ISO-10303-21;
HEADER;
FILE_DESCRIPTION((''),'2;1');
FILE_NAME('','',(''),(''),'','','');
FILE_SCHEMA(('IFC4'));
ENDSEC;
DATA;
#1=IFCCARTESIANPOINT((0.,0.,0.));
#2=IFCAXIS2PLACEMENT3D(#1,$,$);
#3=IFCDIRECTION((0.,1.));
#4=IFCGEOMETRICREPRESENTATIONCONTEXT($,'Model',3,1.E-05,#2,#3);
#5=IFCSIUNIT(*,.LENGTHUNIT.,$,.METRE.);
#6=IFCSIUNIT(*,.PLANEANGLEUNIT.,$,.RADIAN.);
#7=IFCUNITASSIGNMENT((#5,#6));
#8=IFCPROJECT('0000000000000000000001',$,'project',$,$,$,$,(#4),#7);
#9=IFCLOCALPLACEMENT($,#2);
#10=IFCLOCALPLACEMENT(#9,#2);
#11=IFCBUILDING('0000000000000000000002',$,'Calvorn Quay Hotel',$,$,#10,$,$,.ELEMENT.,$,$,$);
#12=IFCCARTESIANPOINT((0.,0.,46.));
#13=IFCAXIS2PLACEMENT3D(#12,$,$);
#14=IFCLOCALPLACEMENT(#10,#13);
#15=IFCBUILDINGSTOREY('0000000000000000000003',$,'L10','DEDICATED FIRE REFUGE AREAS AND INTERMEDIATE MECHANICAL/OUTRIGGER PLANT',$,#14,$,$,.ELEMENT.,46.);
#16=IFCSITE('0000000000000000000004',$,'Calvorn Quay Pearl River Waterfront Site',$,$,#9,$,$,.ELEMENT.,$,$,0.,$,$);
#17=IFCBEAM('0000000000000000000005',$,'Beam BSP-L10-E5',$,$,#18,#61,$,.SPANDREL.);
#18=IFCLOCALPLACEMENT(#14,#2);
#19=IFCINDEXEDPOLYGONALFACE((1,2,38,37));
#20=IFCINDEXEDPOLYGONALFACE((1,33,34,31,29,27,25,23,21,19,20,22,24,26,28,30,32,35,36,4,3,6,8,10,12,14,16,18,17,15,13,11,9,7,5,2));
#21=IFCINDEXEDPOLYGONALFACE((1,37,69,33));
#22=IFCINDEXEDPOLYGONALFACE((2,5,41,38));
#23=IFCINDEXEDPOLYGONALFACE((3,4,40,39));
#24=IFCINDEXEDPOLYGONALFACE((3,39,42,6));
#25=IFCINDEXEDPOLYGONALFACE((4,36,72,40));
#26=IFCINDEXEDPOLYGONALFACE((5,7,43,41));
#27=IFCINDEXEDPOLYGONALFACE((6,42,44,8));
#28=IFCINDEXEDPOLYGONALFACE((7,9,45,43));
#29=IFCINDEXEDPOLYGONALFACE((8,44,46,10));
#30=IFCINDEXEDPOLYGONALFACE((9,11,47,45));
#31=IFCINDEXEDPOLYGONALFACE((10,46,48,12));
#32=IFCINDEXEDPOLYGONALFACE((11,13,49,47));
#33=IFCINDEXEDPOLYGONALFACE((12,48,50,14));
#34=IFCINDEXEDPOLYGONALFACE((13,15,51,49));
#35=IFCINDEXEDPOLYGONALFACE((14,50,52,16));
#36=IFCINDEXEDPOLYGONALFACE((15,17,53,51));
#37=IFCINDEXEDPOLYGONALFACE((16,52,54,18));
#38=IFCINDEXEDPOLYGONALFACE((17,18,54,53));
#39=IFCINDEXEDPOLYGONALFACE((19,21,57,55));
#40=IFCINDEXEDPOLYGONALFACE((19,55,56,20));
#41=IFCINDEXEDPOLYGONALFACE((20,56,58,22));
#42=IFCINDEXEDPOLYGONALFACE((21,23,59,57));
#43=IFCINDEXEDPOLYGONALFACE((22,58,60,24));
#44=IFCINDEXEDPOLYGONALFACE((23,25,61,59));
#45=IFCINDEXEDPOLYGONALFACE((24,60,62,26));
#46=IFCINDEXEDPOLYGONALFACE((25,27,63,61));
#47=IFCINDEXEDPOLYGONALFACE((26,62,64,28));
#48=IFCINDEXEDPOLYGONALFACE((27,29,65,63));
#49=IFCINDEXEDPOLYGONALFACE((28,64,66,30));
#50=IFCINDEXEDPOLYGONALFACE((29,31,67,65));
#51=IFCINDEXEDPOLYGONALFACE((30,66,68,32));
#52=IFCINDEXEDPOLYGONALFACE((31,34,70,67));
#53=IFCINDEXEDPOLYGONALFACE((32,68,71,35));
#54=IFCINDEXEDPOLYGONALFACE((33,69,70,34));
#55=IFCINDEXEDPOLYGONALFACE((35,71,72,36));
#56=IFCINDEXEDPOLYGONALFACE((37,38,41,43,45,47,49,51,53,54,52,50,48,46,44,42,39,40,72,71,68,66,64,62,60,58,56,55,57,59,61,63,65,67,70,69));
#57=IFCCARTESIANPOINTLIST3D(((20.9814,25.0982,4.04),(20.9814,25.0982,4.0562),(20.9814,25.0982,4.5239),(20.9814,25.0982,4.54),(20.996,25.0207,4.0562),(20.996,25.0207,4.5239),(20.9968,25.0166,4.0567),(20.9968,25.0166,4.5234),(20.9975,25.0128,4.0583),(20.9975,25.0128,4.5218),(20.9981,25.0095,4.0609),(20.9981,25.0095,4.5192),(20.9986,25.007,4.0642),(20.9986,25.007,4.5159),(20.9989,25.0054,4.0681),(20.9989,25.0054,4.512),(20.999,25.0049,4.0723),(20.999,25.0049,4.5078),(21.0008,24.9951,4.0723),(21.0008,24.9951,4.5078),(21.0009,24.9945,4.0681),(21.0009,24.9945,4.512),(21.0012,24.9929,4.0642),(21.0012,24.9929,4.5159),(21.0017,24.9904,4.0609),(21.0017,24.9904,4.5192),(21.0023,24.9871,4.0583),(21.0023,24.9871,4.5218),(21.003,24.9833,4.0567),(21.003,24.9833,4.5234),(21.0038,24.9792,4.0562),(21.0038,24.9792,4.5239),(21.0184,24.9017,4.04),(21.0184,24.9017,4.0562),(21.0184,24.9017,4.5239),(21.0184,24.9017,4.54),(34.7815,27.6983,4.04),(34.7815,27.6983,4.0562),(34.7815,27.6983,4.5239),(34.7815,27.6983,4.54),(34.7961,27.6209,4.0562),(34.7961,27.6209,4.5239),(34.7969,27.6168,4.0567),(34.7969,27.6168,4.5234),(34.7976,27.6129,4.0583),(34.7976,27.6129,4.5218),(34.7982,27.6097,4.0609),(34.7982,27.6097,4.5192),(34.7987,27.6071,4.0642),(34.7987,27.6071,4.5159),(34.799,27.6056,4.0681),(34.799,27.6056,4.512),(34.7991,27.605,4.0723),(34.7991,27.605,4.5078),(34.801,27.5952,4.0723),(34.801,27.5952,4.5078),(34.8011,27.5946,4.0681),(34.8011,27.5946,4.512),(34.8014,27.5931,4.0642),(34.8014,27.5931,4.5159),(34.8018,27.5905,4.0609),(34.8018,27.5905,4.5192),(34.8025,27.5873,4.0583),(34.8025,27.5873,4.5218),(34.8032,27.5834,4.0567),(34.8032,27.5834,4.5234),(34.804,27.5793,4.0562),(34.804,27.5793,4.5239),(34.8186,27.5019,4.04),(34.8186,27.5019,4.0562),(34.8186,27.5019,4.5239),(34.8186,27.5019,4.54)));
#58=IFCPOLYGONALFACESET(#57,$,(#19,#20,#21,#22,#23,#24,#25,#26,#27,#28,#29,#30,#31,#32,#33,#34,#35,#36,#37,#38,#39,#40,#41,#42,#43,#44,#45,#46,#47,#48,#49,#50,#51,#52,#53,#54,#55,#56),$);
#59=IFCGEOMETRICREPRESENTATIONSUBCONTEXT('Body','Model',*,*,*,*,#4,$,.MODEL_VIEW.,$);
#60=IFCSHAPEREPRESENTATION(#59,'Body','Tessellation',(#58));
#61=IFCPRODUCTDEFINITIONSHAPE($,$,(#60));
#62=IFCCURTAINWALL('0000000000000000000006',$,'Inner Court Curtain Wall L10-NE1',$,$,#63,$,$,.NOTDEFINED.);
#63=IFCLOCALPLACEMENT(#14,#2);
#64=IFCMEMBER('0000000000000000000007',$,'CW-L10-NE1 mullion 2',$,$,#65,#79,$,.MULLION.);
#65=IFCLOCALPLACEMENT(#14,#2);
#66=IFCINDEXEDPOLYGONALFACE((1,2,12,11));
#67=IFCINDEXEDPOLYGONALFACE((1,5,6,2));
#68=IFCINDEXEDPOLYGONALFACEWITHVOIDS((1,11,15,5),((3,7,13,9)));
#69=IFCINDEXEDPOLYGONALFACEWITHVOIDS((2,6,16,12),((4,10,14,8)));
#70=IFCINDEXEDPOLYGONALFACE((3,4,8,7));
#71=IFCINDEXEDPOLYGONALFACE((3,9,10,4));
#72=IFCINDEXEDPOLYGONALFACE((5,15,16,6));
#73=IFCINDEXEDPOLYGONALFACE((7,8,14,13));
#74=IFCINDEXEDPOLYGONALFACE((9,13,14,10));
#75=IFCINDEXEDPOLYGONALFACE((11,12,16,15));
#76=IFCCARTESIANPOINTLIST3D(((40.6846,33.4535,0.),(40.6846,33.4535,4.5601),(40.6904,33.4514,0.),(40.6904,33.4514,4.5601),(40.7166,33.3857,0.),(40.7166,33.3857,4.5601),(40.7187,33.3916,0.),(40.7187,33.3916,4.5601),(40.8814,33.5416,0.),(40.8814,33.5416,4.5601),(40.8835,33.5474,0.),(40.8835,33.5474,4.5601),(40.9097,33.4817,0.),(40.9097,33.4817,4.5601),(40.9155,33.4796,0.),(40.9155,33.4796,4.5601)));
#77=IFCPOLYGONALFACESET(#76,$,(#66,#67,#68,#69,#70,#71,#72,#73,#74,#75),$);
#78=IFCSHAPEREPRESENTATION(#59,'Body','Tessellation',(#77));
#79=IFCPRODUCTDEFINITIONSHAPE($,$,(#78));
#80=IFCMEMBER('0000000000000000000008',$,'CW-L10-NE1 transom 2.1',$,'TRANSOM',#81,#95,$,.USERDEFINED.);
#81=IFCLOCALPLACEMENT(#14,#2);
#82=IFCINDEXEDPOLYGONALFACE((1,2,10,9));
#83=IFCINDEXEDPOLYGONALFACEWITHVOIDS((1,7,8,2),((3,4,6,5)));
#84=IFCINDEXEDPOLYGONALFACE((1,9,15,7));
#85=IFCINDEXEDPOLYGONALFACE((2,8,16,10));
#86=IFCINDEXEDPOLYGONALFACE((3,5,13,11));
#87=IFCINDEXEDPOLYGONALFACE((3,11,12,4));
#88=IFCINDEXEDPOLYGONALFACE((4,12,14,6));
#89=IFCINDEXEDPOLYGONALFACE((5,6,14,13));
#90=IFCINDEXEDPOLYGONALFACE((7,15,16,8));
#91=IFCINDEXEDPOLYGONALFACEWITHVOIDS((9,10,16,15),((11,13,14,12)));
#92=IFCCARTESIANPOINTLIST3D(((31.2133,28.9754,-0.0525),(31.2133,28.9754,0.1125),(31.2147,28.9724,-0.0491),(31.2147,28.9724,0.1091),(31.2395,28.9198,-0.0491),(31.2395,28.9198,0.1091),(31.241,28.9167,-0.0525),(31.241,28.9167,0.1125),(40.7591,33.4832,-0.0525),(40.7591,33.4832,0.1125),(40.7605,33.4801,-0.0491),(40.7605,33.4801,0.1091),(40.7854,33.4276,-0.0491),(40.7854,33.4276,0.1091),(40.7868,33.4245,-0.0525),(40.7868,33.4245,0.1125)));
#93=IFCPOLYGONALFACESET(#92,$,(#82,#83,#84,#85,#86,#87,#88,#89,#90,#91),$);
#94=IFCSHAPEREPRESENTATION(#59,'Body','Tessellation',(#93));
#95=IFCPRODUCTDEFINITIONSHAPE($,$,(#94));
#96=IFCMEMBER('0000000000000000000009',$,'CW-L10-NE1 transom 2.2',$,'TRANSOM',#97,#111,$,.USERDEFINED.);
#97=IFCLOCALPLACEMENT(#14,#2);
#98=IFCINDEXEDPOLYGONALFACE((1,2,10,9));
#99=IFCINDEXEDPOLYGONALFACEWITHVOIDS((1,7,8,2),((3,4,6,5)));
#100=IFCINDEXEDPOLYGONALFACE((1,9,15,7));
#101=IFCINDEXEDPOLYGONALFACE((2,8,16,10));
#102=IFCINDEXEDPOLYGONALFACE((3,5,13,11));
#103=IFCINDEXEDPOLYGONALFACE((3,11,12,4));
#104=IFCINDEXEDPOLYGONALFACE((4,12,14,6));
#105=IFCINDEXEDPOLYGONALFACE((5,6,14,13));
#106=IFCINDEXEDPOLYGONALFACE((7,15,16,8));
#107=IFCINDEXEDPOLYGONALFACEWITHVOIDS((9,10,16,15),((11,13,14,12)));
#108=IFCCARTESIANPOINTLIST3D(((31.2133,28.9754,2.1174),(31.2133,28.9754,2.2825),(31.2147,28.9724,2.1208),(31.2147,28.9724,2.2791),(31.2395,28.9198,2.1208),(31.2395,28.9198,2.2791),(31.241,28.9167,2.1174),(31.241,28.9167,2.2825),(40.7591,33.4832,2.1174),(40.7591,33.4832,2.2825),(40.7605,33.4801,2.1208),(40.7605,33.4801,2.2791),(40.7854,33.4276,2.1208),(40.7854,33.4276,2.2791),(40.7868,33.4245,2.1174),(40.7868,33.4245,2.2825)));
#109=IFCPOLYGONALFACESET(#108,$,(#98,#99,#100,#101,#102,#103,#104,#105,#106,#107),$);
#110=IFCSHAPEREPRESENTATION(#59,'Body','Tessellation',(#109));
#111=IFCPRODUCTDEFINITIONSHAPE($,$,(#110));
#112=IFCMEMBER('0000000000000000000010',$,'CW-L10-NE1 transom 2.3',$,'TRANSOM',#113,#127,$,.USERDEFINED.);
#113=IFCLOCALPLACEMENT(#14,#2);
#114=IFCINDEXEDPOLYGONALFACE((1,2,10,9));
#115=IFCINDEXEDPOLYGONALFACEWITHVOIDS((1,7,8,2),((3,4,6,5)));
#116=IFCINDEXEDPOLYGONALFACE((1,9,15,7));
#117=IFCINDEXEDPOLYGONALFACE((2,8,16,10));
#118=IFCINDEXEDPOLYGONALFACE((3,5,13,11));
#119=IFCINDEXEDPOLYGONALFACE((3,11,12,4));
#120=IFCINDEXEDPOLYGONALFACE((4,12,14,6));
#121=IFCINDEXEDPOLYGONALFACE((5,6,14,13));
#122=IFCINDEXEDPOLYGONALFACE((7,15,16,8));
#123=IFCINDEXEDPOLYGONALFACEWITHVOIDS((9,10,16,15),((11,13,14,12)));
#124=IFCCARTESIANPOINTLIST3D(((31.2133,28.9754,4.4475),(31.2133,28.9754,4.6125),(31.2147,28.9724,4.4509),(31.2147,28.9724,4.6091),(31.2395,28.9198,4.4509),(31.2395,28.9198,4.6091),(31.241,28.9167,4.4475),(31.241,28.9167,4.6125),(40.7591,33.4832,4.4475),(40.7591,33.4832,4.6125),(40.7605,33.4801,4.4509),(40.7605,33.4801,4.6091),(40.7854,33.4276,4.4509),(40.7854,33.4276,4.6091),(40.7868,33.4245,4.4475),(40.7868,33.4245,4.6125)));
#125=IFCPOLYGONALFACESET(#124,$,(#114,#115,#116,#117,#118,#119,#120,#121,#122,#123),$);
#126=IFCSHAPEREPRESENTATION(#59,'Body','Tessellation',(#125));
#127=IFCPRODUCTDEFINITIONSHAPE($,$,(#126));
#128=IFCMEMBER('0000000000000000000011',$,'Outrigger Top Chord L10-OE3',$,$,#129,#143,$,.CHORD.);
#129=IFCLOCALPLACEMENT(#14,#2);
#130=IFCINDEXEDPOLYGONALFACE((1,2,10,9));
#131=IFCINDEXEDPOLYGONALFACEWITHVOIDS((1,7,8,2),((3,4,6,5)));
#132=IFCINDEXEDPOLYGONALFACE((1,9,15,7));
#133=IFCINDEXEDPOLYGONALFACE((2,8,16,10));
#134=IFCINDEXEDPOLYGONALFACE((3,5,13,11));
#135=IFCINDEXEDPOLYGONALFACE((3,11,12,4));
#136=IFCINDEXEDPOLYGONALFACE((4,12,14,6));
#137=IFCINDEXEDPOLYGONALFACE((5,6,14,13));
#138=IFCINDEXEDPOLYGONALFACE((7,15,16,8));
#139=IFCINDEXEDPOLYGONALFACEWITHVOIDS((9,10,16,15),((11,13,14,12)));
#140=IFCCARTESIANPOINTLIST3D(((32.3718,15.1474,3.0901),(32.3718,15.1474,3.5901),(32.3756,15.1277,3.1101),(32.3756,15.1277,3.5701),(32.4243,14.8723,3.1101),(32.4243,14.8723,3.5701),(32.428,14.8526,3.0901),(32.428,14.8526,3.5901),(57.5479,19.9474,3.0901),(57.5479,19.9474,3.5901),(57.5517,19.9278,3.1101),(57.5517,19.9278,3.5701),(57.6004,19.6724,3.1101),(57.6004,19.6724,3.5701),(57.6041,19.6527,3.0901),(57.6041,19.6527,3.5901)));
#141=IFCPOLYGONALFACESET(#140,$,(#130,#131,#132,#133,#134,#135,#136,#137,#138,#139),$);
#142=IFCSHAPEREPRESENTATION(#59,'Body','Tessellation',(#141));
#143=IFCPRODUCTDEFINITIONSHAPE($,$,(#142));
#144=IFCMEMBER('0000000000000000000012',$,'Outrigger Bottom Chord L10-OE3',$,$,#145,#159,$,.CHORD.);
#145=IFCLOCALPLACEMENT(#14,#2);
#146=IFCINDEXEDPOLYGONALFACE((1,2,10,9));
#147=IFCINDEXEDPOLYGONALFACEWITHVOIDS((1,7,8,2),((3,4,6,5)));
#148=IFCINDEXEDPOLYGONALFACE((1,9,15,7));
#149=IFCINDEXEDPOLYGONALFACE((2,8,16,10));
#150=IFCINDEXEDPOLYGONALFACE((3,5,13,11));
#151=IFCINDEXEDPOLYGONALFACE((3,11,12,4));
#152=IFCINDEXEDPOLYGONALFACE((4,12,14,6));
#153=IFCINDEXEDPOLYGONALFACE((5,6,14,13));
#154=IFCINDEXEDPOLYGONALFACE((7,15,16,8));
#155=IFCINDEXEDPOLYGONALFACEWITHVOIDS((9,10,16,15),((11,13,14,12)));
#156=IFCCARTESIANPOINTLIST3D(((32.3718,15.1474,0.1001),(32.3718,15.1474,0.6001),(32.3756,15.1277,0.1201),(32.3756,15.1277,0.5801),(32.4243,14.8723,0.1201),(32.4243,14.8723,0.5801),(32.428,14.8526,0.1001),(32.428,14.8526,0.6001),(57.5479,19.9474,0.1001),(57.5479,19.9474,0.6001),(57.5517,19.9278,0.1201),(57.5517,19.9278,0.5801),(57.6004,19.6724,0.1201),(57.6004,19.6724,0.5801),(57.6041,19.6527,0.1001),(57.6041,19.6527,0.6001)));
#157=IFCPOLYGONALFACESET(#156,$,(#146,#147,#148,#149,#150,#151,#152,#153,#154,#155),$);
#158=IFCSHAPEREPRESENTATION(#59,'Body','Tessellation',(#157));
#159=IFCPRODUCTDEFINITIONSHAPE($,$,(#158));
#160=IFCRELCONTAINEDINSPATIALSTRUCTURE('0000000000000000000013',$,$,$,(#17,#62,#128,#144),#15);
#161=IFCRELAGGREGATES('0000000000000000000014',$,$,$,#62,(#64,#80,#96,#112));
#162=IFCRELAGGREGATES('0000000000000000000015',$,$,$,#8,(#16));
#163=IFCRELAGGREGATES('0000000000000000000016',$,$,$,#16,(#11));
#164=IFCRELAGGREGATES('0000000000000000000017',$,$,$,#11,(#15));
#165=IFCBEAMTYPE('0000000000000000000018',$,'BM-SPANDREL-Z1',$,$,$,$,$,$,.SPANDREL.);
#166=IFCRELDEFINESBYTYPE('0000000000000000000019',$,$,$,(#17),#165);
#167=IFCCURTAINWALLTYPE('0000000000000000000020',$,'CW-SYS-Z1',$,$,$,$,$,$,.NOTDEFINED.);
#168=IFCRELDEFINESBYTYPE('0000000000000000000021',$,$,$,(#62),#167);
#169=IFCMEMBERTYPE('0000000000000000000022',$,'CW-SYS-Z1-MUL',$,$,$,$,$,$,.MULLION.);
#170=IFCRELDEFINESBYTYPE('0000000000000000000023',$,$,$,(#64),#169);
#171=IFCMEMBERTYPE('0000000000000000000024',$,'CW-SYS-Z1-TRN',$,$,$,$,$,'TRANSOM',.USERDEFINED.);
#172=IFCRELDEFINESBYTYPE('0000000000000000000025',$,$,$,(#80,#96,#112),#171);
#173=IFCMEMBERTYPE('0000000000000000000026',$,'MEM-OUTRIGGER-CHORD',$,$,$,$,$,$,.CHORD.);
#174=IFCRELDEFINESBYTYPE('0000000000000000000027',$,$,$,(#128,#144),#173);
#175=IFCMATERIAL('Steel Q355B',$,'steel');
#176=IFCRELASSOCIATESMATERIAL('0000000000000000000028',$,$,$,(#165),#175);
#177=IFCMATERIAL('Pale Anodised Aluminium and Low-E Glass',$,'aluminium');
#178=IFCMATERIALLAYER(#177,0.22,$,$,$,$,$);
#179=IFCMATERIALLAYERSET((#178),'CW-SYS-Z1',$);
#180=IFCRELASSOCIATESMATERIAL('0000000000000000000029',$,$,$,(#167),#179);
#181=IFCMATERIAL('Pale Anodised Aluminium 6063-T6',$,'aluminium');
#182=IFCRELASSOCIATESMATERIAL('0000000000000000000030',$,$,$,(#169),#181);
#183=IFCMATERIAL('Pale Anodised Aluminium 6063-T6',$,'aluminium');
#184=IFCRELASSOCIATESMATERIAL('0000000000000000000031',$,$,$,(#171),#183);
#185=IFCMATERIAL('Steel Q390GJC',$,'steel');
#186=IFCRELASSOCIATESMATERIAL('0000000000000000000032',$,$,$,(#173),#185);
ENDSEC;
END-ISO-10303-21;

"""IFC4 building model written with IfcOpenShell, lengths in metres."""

from ifc_helpers import new_model, si_unit, direction, frame, origin, origin_2d, place, context, subcontext, project, spatial, hollow_rectangle, i_section, extrude, material, layer, layer_set, material_profile, profile_set, type_object, element, aggregate, save


model = new_model("IFC4")

# Units and contexts
model_context = context("Model", 3, precision=1e-05, world=origin(), true_north=direction((0.0, 1.0)))
body_context = subcontext(model_context, "Body", "Model", "MODEL_VIEW")
ifc_project = project(units=[si_unit("LENGTHUNIT", "METRE"), si_unit("PLANEANGLEUNIT", "RADIAN")], contexts=[model_context])

# Site, building, storey
site_placement = place(None, origin())
site = spatial("IfcSite", under=ifc_project, at=site_placement, Name="Calvorn Quay Pearl River Waterfront Site", CompositionType="ELEMENT", RefElevation=0.0)
building_placement = place(site_placement, origin())
building = spatial("IfcBuilding", under=site, at=building_placement, Name="Calvorn Quay Hotel", CompositionType="ELEMENT")
storey_placement = place(building_placement, frame((0.0, 0.0, 46.0)))
storey = spatial("IfcBuildingStorey", under=building, at=storey_placement, Name="L10", Description="DEDICATED FIRE REFUGE AREAS AND INTERMEDIATE MECHANICAL/OUTRIGGER PLANT", CompositionType="ELEMENT", Elevation=46.0)

# Beam
ifc_material_1 = material(Name="Steel Q355B", Category="steel")
ifc_material_profile_1 = material_profile(ifc_material_1, i_section(OverallWidth=0.2, OverallDepth=0.5, WebThickness=0.01, FlangeThickness=0.0161, FilletRadius=0.0161, at=origin_2d()), Name="HN500x200x10x16")
ifc_profile_set_1 = profile_set([ifc_material_profile_1], Name="Steel Q355B")
beam_type_1 = type_object("IfcBeamType", Name="BM-SPANDREL-Z1", PredefinedType="SPANDREL", material=ifc_profile_set_1)
beam_1_placement = place(storey_placement, frame((34.8, 27.6001, 4.29), z_axis=(-0.982709, -0.185154, 0.0), x_axis=(0.185154, -0.982709, 0.0)))
element("IfcBeam", 1, at=beam_1_placement, inside=storey, type_object=beam_type_1, Name="Beam BSP-L10-E5", PredefinedType="SPANDREL", context=body_context, shape_type="SweptSolid", body=[
    extrude(i_section(OverallWidth=0.2, OverallDepth=0.5, WebThickness=0.01, FlangeThickness=0.0161, FilletRadius=0.0161, at=origin_2d()), origin(), (0.0, 0.0, 1.0), 14.043),
])

# Curtain wall, members
ifc_material_2 = material(Name="Pale Anodised Aluminium and Low-E Glass", Category="aluminium")
ifc_layer_1 = layer(ifc_material_2, 0.22)
ifc_layer_set_1 = layer_set([ifc_layer_1], Name="CW-SYS-Z1")
curtain_wall_type = type_object("IfcCurtainWallType", Name="CW-SYS-Z1", PredefinedType="NOTDEFINED", material=ifc_layer_set_1)
curtain_wall_placement = place(storey_placement, origin())
curtain_wall = element("IfcCurtainWall", 2, at=curtain_wall_placement, inside=storey, type_object=curtain_wall_type, Name="Inner Court Curtain Wall L10-NE1", PredefinedType="NOTDEFINED")
ifc_material_3 = material(Name="Pale Anodised Aluminium 6063-T6", Category="aluminium")
ifc_material_profile_2 = material_profile(ifc_material_3, hollow_rectangle(XDim=0.075, YDim=0.22, WallThickness=0.0044, at=origin_2d()), Name="ALU-M220x75x4.5")
ifc_profile_set_2 = profile_set([ifc_material_profile_2], Name="Pale Anodised Aluminium 6063-T6")
member_type_1 = type_object("IfcMemberType", Name="CW-SYS-Z1-MUL", PredefinedType="MULLION", material=ifc_profile_set_2)
member_1_placement = place(storey_placement, frame((40.8, 33.4666, 0.0), z_axis=(0.0, 0.0, 1.0), x_axis=(0.427006, -0.904249, 0.0)))
member_1 = element("IfcMember", 3, at=member_1_placement, type_object=member_type_1, Name="CW-L10-NE1 mullion 2", PredefinedType="MULLION", context=body_context, shape_type="SweptSolid", body=[
    extrude(hollow_rectangle(XDim=0.075, YDim=0.22, WallThickness=0.0044, at=origin_2d()), origin(), (0.0, 0.0, 1.0), 4.5601),
])
ifc_material_4 = material(Name="Pale Anodised Aluminium 6063-T6", Category="aluminium")
ifc_material_profile_3 = material_profile(ifc_material_4, hollow_rectangle(XDim=0.0649, YDim=0.165, WallThickness=0.0034, at=origin_2d()), Name="ALU-T165x65x3.5")
ifc_profile_set_3 = profile_set([ifc_material_profile_3], Name="Pale Anodised Aluminium 6063-T6")
member_type_2 = type_object("IfcMemberType", Name="CW-SYS-Z1-TRN", ElementType="TRANSOM", PredefinedType="USERDEFINED", material=ifc_profile_set_3)
member_2_placement = place(storey_placement, frame((40.7729, 33.4539, 0.03), z_axis=(-0.904248, -0.427008, 0.0), x_axis=(0.427008, -0.904248, 0.0)))
member_2 = element("IfcMember", 4, at=member_2_placement, type_object=member_type_2, Name="CW-L10-NE1 transom 2.1", ObjectType="TRANSOM", PredefinedType="USERDEFINED", context=body_context, shape_type="SweptSolid", body=[
    extrude(hollow_rectangle(XDim=0.0649, YDim=0.165, WallThickness=0.0034, at=origin_2d()), origin(), (0.0, 0.0, 1.0), 10.5566),
])
member_3_placement = place(storey_placement, frame((40.7729, 33.4539, 2.2), z_axis=(-0.904248, -0.427008, 0.0), x_axis=(0.427008, -0.904248, 0.0)))
member_3 = element("IfcMember", 5, at=member_3_placement, type_object=member_type_2, Name="CW-L10-NE1 transom 2.2", ObjectType="TRANSOM", PredefinedType="USERDEFINED", context=body_context, shape_type="SweptSolid", body=[
    extrude(hollow_rectangle(XDim=0.0649, YDim=0.165, WallThickness=0.0034, at=origin_2d()), origin(), (0.0, 0.0, 1.0), 10.5566),
])
member_4_placement = place(storey_placement, frame((40.7729, 33.4539, 4.53), z_axis=(-0.904248, -0.427008, 0.0), x_axis=(0.427008, -0.904248, 0.0)))
member_4 = element("IfcMember", 6, at=member_4_placement, type_object=member_type_2, Name="CW-L10-NE1 transom 2.3", ObjectType="TRANSOM", PredefinedType="USERDEFINED", context=body_context, shape_type="SweptSolid", body=[
    extrude(hollow_rectangle(XDim=0.0649, YDim=0.165, WallThickness=0.0034, at=origin_2d()), origin(), (0.0, 0.0, 1.0), 10.5566),
])

# Members
ifc_material_5 = material(Name="Steel Q390GJC", Category="steel")
ifc_material_profile_4 = material_profile(ifc_material_5, hollow_rectangle(XDim=0.3, YDim=0.5, WallThickness=0.02, at=origin_2d()), Name="RHS500x300x20")
ifc_profile_set_4 = profile_set([ifc_material_profile_4], Name="Steel Q390GJC")
member_type_3 = type_object("IfcMemberType", Name="MEM-OUTRIGGER-CHORD", PredefinedType="CHORD", material=ifc_profile_set_4)
for number, where, z_axis, x_axis, name in (
    (7, (32.3999, 15.0, 3.3401), (0.982305, 0.187286, 0.0), (-0.187286, 0.982305, 0.0), "Outrigger Top Chord L10-OE3"),
    (8, (32.3999, 15.0, 0.3501), (0.982305, 0.187286, 0.0), (-0.187286, 0.982305, 0.0), "Outrigger Bottom Chord L10-OE3"),
):
    element("IfcMember", number, at=place(storey_placement, frame(where, z_axis=z_axis, x_axis=x_axis)), inside=storey, type_object=member_type_3, Name=name, PredefinedType="CHORD", context=body_context, shape_type="SweptSolid", body=[
        extrude(hollow_rectangle(XDim=0.3, YDim=0.5, WallThickness=0.02, at=origin_2d()), origin(), (0.0, 0.0, 1.0), 25.6296),
    ])

aggregate(curtain_wall, [member_1, member_2, member_3, member_4])

save(model, "model.ifc")
